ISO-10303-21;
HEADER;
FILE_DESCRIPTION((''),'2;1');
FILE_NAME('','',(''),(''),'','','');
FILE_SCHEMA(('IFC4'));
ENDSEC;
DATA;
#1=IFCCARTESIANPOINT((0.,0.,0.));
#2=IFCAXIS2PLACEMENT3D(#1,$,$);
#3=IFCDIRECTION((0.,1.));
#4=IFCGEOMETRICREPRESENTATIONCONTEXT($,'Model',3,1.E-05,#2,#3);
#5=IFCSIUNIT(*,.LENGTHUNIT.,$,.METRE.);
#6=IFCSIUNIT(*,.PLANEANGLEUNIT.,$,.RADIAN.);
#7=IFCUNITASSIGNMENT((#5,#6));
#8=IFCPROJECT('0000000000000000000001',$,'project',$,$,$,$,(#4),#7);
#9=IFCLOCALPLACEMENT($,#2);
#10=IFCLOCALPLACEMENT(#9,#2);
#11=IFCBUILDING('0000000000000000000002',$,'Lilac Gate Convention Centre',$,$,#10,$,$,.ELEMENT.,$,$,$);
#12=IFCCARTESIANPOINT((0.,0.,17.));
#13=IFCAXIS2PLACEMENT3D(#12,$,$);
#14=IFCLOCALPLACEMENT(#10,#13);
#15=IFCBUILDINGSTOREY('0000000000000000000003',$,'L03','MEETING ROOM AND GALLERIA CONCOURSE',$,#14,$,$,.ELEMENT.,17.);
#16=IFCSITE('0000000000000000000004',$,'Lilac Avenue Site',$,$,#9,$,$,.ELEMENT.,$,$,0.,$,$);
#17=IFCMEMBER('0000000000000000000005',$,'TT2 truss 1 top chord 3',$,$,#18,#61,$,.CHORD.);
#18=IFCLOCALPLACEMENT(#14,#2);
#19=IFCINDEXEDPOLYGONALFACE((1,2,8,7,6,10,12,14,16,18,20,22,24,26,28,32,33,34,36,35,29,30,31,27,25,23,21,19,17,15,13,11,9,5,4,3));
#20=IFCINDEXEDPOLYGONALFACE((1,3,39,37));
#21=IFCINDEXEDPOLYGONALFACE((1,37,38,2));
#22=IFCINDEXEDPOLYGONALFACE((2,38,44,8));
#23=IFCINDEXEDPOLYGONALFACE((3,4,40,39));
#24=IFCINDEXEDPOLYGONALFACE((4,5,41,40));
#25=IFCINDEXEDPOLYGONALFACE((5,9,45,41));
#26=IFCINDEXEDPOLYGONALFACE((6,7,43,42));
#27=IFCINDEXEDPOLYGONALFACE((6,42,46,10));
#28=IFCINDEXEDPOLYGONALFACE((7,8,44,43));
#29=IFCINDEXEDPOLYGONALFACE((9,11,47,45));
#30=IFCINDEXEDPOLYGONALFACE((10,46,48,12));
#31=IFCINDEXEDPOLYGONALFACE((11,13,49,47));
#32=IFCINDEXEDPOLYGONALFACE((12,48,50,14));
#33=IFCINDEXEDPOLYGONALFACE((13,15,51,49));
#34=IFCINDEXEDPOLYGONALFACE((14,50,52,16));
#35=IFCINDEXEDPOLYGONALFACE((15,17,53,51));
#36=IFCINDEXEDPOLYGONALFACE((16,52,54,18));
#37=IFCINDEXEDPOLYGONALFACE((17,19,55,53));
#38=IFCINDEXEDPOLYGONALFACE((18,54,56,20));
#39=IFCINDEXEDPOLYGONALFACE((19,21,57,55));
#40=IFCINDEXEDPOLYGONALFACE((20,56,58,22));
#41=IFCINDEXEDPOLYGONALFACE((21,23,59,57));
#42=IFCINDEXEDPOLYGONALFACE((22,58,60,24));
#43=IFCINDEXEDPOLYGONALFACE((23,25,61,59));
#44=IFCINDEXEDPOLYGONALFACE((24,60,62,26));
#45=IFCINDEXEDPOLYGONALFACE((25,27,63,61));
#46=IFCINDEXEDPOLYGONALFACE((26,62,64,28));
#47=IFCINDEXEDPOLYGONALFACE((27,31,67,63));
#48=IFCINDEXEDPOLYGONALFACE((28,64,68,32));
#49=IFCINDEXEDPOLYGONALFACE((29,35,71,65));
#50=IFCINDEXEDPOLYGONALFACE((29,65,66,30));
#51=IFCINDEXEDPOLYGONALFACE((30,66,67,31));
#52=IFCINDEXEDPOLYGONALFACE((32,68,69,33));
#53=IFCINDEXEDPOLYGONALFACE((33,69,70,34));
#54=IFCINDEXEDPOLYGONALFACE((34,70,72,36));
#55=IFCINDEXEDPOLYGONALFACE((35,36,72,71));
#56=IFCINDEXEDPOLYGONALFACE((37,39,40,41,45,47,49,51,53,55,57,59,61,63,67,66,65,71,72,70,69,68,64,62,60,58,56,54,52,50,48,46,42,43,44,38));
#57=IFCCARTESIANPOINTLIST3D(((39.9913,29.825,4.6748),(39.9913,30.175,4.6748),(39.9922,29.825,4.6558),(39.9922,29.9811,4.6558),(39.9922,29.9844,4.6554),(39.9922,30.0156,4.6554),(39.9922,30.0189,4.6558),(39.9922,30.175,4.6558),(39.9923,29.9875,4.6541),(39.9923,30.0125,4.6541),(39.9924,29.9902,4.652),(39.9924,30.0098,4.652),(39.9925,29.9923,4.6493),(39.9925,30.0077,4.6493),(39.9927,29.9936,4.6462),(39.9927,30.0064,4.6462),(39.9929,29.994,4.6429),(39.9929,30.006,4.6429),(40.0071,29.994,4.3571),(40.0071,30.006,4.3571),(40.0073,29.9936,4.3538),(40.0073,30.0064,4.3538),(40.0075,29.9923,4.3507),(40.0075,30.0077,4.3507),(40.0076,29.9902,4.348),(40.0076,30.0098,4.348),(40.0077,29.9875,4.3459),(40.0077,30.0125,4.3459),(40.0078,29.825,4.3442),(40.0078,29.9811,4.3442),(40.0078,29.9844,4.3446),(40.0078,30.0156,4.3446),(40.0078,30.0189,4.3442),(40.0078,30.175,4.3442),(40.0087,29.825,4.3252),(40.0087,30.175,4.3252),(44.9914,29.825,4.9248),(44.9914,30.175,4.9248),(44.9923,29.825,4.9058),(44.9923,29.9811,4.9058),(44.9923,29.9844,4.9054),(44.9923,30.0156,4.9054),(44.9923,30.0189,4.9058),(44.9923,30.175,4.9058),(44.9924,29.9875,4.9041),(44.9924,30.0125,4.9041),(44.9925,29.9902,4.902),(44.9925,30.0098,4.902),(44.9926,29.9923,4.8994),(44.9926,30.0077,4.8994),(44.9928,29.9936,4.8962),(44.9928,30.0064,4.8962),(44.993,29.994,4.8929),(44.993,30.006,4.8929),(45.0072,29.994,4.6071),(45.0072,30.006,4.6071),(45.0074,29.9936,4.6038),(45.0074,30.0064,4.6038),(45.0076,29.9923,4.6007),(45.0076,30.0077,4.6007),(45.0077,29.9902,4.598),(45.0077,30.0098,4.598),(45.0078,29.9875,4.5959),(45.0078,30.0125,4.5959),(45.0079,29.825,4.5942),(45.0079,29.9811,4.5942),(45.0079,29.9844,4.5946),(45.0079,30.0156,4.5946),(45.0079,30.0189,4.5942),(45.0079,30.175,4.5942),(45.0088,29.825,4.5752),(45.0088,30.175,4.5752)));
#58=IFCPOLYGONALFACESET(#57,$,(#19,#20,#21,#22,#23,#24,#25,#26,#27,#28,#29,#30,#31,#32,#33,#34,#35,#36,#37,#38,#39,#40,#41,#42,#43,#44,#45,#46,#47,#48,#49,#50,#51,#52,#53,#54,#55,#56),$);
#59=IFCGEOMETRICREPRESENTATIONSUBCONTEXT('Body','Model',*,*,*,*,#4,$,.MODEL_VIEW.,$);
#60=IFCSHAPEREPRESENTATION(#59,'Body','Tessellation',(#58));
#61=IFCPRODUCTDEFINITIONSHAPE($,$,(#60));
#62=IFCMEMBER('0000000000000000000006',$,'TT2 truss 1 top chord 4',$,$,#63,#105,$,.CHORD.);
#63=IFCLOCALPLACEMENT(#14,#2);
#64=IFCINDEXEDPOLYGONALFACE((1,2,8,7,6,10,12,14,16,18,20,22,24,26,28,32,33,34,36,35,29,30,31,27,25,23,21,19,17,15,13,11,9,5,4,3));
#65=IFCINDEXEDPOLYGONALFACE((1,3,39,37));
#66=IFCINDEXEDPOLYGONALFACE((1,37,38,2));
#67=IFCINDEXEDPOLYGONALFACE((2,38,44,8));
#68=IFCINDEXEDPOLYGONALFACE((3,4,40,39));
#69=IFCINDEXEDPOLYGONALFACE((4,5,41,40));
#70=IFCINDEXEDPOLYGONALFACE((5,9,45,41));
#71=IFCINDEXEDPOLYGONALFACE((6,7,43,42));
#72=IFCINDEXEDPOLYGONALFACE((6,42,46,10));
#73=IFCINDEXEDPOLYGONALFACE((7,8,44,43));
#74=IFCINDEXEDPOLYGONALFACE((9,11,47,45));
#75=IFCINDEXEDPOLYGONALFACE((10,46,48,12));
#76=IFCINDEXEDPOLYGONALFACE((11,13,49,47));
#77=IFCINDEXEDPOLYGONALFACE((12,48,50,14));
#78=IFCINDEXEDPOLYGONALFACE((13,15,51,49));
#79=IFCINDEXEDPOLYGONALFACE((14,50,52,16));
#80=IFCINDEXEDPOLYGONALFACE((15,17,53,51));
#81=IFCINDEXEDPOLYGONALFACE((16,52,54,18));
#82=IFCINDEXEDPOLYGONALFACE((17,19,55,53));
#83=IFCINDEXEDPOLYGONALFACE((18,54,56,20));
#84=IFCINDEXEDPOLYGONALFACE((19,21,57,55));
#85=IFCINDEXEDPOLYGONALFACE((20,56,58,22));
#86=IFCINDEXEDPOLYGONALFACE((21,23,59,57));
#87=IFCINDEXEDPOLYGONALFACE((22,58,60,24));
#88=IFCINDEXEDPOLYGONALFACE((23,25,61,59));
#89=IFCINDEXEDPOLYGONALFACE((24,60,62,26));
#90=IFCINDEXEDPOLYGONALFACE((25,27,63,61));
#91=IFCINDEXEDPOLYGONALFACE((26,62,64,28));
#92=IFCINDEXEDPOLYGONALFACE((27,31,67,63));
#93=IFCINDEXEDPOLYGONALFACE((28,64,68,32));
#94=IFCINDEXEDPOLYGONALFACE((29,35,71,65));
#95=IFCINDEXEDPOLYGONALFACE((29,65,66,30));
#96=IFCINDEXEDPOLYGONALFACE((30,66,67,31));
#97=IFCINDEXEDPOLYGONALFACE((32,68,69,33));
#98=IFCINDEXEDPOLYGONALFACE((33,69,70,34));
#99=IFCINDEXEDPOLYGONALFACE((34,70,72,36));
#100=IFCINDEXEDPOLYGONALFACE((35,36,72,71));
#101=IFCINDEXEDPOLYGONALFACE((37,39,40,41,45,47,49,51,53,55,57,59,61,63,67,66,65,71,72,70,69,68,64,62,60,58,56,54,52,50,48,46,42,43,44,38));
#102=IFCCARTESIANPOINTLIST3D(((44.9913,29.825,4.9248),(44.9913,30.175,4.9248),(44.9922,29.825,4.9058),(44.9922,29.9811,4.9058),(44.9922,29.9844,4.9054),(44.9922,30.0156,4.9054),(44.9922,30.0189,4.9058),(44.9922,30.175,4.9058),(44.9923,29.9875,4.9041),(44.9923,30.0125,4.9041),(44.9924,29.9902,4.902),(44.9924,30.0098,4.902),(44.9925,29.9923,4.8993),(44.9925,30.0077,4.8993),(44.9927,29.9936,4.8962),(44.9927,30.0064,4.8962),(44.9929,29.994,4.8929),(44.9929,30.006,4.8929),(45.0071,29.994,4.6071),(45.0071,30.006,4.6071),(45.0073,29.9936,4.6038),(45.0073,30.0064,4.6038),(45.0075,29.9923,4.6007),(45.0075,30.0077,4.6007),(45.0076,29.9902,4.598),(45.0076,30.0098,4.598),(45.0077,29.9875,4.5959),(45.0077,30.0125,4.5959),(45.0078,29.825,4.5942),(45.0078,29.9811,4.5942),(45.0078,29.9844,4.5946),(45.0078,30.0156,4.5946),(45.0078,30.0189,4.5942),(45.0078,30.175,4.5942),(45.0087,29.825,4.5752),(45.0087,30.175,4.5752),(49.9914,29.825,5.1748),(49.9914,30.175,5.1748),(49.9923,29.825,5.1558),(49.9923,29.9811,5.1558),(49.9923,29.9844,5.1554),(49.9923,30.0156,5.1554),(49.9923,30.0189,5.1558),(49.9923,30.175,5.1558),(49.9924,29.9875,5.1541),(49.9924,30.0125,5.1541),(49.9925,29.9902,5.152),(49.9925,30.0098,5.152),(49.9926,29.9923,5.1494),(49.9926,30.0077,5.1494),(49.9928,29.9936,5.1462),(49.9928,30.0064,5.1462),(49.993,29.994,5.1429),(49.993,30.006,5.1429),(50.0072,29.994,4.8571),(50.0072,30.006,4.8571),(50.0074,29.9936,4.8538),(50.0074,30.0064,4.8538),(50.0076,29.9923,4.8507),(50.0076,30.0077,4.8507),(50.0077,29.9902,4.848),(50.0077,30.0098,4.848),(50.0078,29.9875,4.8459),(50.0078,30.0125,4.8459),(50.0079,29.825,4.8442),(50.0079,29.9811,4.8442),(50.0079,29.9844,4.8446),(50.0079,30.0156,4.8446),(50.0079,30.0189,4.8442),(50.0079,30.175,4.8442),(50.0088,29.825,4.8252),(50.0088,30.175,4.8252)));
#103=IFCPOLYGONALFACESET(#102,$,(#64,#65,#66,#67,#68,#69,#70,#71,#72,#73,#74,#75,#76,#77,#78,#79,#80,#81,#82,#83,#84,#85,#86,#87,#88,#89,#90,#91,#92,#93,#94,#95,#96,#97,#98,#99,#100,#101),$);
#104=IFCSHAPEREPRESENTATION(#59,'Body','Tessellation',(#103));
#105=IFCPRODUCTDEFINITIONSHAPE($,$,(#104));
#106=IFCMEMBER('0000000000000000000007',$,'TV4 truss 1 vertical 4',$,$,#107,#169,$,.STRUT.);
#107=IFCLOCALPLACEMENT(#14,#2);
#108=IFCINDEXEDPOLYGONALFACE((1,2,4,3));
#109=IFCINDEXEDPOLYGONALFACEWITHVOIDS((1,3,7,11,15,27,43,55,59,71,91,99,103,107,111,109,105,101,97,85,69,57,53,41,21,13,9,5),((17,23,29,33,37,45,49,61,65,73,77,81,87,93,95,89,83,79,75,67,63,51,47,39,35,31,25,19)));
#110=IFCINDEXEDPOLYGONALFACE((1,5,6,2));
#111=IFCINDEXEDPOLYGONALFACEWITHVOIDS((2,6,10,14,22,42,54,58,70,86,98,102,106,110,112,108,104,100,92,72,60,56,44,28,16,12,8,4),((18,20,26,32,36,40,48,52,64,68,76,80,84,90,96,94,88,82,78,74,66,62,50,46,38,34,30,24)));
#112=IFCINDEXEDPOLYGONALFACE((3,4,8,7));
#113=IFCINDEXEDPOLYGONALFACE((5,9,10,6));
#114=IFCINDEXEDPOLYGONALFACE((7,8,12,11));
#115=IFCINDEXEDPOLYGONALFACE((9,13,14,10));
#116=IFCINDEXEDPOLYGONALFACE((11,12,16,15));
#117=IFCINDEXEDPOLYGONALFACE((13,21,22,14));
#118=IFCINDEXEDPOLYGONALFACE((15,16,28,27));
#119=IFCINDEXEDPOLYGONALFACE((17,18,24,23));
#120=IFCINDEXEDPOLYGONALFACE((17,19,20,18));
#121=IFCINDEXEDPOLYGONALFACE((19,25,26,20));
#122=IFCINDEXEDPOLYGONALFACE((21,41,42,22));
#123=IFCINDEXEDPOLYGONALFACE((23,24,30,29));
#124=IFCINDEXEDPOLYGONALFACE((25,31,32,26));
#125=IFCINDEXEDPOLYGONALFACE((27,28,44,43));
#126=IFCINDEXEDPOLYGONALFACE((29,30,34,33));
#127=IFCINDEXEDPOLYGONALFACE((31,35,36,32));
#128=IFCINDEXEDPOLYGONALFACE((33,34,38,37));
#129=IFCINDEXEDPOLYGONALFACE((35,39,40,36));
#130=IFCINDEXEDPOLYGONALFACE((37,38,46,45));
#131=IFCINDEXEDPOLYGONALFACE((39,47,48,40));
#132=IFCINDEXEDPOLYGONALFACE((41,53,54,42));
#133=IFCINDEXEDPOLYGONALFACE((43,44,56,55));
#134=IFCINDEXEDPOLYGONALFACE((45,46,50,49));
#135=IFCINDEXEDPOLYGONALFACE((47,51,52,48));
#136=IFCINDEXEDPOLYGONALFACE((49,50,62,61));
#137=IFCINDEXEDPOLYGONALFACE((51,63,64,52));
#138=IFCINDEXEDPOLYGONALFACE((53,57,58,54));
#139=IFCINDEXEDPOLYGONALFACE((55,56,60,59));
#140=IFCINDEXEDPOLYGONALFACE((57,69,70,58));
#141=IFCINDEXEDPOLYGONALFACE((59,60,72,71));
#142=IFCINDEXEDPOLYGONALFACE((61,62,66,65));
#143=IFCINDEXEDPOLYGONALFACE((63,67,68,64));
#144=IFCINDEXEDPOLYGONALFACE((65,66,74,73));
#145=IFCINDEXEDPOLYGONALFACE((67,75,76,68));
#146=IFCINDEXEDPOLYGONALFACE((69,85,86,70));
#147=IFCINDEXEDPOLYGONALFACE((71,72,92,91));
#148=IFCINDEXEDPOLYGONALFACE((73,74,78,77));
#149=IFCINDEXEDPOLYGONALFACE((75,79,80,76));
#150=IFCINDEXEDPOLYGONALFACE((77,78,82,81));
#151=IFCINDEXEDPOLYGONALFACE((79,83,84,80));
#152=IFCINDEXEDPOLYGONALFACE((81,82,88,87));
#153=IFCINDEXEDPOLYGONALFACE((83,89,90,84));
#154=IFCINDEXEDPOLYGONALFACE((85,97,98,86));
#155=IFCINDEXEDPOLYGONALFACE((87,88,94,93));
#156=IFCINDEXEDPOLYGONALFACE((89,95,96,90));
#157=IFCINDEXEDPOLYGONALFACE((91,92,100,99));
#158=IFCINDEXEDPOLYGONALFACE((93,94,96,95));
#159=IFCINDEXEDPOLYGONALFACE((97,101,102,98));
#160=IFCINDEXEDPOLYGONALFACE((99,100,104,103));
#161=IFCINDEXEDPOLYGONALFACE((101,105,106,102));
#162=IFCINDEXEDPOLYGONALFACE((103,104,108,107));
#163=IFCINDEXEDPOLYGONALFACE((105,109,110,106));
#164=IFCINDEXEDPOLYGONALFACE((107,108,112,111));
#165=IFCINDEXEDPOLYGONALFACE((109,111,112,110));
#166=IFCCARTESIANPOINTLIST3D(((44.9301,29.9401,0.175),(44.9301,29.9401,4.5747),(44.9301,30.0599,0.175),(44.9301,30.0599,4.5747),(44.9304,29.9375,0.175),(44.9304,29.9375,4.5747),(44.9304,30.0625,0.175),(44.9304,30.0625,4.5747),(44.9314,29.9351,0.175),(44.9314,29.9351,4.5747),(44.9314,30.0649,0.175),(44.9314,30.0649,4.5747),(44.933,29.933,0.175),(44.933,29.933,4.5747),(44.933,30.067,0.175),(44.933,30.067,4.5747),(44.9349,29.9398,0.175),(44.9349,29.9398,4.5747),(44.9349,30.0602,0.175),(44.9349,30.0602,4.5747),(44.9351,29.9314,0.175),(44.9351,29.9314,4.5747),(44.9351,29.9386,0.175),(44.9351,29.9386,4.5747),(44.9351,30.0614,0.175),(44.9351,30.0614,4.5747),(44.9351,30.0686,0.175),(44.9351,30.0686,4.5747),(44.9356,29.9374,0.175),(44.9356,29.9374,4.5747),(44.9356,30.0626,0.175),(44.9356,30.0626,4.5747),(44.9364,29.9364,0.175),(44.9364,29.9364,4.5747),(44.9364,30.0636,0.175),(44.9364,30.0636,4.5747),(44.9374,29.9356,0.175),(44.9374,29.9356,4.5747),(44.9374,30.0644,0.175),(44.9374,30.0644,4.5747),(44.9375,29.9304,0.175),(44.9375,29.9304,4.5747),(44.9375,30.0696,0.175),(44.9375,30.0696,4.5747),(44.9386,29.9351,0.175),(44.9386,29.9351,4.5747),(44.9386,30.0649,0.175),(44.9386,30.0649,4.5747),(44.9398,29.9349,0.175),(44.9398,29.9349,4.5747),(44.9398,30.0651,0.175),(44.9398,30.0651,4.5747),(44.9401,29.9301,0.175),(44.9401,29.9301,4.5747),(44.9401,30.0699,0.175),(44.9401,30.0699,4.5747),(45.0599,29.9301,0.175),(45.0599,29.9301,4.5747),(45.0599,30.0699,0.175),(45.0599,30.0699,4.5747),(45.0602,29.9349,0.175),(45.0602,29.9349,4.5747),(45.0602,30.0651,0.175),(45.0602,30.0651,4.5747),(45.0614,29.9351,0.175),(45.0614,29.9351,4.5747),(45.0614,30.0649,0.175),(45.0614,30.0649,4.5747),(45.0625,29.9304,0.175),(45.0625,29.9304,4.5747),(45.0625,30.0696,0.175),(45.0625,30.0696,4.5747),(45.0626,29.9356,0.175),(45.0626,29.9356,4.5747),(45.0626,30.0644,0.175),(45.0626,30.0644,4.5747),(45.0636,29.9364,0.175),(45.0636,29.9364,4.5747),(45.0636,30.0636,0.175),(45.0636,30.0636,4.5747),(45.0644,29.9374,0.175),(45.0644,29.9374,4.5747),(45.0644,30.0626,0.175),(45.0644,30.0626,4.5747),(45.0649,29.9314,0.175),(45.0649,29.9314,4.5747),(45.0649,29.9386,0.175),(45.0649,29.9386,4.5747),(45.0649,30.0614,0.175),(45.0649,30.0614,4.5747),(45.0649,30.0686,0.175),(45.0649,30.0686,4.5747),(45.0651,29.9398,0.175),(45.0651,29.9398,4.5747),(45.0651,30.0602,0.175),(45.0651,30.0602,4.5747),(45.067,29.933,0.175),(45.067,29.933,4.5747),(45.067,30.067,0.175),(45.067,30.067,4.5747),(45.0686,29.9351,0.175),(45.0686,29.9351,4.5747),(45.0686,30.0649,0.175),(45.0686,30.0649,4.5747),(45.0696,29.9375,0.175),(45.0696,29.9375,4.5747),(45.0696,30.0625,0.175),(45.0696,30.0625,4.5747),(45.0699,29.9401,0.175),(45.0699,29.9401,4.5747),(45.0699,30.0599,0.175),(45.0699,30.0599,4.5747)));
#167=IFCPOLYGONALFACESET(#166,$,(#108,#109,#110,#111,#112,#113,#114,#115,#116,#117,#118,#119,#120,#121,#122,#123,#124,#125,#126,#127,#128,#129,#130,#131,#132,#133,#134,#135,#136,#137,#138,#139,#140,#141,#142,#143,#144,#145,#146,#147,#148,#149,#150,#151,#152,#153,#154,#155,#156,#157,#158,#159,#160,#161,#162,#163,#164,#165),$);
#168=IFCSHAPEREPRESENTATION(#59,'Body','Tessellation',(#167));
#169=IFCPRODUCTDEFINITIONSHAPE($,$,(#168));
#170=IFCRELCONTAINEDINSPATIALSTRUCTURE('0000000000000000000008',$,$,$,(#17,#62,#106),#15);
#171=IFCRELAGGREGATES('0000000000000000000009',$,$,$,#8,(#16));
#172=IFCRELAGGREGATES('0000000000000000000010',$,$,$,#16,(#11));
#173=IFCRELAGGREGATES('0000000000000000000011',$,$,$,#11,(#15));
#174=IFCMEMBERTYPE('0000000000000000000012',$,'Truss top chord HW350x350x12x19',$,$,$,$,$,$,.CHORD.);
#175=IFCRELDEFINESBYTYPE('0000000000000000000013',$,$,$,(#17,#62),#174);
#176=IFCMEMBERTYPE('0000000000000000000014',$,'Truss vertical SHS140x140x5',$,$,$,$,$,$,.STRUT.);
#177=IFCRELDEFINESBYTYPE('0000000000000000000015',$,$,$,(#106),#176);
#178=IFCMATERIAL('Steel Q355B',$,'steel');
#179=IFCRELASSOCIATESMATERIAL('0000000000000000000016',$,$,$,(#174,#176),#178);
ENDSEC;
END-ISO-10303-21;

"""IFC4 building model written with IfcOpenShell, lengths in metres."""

from ifc_helpers import new_model, si_unit, direction, frame, origin, origin_2d, place, context, subcontext, project, spatial, hollow_rectangle, i_section, extrude, material, material_profile, profile_set, type_object, element, save


model = new_model("IFC4")

# Units and contexts
model_context = context("Model", 3, precision=1e-05, world=origin(), true_north=direction((0.0, 1.0)))
body_context = subcontext(model_context, "Body", "Model", "MODEL_VIEW")
ifc_project = project(units=[si_unit("LENGTHUNIT", "METRE"), si_unit("PLANEANGLEUNIT", "RADIAN")], contexts=[model_context])

# Site, building, storey
site_placement = place(None, origin())
site = spatial("IfcSite", under=ifc_project, at=site_placement, Name="Lilac Avenue Site", CompositionType="ELEMENT", RefElevation=0.0)
building_placement = place(site_placement, origin())
building = spatial("IfcBuilding", under=site, at=building_placement, Name="Lilac Gate Convention Centre", CompositionType="ELEMENT")
storey_placement = place(building_placement, frame((0.0, 0.0, 17.0)))
storey = spatial("IfcBuildingStorey", under=building, at=storey_placement, Name="L03", Description="MEETING ROOM AND GALLERIA CONCOURSE", CompositionType="ELEMENT", Elevation=17.0)

# Members
ifc_material = material(Name="Steel Q355B", Category="steel")
ifc_material_profile_1 = material_profile(ifc_material, i_section(OverallWidth=0.3501, OverallDepth=0.3501, WebThickness=0.012, FlangeThickness=0.019, FilletRadius=0.0129, at=origin_2d()), Name="HW350x350x12x19")
ifc_profile_set_1 = profile_set([ifc_material_profile_1], Name="Steel Q355B")
member_type_1 = type_object("IfcMemberType", Name="Truss top chord HW350x350x12x19", PredefinedType="CHORD", material=ifc_profile_set_1)
for number, where, z_axis, x_axis, name in (
    (1, (40.0, 30.0, 4.5), (0.998752, 0.0, 0.049938), (0.0, 1.0, 0.0), "TT2 truss 1 top chord 3"),
    (2, (45.0, 30.0, 4.75), (0.998752, 0.0, 0.049938), (0.0, 1.0, 0.0), "TT2 truss 1 top chord 4"),
):
    element("IfcMember", number, at=place(storey_placement, frame(where, z_axis=z_axis, x_axis=x_axis)), inside=storey, type_object=member_type_1, Name=name, PredefinedType="CHORD", context=body_context, shape_type="SweptSolid", body=[
        extrude(i_section(OverallWidth=0.3501, OverallDepth=0.3501, WebThickness=0.012, FlangeThickness=0.019, FilletRadius=0.0129, at=origin_2d()), origin(), (0.0, 0.0, 1.0), 5.0063),
    ])
ifc_material_profile_2 = material_profile(ifc_material, hollow_rectangle(XDim=0.1399, YDim=0.1399, WallThickness=0.0049, InnerFilletRadius=0.0049, OuterFilletRadius=0.01, at=origin_2d()), Name="SHS140x140x5")
ifc_profile_set_2 = profile_set([ifc_material_profile_2], Name="Steel Q355B")
member_type_2 = type_object("IfcMemberType", Name="Truss vertical SHS140x140x5", PredefinedType="STRUT", material=ifc_profile_set_2)
member_1_placement = place(storey_placement, frame((45.0, 30.0, 0.175), z_axis=(0.0, 0.0, 1.0), x_axis=(1.0, 0.0, 0.0)))
element("IfcMember", 3, at=member_1_placement, inside=storey, type_object=member_type_2, Name="TV4 truss 1 vertical 4", PredefinedType="STRUT", context=body_context, shape_type="SweptSolid", body=[
    extrude(hollow_rectangle(XDim=0.1399, YDim=0.1399, WallThickness=0.0049, InnerFilletRadius=0.0049, OuterFilletRadius=0.01, at=origin_2d()), origin(), (0.0, 0.0, 1.0), 4.3997),
])

save(model, "model.ifc")
